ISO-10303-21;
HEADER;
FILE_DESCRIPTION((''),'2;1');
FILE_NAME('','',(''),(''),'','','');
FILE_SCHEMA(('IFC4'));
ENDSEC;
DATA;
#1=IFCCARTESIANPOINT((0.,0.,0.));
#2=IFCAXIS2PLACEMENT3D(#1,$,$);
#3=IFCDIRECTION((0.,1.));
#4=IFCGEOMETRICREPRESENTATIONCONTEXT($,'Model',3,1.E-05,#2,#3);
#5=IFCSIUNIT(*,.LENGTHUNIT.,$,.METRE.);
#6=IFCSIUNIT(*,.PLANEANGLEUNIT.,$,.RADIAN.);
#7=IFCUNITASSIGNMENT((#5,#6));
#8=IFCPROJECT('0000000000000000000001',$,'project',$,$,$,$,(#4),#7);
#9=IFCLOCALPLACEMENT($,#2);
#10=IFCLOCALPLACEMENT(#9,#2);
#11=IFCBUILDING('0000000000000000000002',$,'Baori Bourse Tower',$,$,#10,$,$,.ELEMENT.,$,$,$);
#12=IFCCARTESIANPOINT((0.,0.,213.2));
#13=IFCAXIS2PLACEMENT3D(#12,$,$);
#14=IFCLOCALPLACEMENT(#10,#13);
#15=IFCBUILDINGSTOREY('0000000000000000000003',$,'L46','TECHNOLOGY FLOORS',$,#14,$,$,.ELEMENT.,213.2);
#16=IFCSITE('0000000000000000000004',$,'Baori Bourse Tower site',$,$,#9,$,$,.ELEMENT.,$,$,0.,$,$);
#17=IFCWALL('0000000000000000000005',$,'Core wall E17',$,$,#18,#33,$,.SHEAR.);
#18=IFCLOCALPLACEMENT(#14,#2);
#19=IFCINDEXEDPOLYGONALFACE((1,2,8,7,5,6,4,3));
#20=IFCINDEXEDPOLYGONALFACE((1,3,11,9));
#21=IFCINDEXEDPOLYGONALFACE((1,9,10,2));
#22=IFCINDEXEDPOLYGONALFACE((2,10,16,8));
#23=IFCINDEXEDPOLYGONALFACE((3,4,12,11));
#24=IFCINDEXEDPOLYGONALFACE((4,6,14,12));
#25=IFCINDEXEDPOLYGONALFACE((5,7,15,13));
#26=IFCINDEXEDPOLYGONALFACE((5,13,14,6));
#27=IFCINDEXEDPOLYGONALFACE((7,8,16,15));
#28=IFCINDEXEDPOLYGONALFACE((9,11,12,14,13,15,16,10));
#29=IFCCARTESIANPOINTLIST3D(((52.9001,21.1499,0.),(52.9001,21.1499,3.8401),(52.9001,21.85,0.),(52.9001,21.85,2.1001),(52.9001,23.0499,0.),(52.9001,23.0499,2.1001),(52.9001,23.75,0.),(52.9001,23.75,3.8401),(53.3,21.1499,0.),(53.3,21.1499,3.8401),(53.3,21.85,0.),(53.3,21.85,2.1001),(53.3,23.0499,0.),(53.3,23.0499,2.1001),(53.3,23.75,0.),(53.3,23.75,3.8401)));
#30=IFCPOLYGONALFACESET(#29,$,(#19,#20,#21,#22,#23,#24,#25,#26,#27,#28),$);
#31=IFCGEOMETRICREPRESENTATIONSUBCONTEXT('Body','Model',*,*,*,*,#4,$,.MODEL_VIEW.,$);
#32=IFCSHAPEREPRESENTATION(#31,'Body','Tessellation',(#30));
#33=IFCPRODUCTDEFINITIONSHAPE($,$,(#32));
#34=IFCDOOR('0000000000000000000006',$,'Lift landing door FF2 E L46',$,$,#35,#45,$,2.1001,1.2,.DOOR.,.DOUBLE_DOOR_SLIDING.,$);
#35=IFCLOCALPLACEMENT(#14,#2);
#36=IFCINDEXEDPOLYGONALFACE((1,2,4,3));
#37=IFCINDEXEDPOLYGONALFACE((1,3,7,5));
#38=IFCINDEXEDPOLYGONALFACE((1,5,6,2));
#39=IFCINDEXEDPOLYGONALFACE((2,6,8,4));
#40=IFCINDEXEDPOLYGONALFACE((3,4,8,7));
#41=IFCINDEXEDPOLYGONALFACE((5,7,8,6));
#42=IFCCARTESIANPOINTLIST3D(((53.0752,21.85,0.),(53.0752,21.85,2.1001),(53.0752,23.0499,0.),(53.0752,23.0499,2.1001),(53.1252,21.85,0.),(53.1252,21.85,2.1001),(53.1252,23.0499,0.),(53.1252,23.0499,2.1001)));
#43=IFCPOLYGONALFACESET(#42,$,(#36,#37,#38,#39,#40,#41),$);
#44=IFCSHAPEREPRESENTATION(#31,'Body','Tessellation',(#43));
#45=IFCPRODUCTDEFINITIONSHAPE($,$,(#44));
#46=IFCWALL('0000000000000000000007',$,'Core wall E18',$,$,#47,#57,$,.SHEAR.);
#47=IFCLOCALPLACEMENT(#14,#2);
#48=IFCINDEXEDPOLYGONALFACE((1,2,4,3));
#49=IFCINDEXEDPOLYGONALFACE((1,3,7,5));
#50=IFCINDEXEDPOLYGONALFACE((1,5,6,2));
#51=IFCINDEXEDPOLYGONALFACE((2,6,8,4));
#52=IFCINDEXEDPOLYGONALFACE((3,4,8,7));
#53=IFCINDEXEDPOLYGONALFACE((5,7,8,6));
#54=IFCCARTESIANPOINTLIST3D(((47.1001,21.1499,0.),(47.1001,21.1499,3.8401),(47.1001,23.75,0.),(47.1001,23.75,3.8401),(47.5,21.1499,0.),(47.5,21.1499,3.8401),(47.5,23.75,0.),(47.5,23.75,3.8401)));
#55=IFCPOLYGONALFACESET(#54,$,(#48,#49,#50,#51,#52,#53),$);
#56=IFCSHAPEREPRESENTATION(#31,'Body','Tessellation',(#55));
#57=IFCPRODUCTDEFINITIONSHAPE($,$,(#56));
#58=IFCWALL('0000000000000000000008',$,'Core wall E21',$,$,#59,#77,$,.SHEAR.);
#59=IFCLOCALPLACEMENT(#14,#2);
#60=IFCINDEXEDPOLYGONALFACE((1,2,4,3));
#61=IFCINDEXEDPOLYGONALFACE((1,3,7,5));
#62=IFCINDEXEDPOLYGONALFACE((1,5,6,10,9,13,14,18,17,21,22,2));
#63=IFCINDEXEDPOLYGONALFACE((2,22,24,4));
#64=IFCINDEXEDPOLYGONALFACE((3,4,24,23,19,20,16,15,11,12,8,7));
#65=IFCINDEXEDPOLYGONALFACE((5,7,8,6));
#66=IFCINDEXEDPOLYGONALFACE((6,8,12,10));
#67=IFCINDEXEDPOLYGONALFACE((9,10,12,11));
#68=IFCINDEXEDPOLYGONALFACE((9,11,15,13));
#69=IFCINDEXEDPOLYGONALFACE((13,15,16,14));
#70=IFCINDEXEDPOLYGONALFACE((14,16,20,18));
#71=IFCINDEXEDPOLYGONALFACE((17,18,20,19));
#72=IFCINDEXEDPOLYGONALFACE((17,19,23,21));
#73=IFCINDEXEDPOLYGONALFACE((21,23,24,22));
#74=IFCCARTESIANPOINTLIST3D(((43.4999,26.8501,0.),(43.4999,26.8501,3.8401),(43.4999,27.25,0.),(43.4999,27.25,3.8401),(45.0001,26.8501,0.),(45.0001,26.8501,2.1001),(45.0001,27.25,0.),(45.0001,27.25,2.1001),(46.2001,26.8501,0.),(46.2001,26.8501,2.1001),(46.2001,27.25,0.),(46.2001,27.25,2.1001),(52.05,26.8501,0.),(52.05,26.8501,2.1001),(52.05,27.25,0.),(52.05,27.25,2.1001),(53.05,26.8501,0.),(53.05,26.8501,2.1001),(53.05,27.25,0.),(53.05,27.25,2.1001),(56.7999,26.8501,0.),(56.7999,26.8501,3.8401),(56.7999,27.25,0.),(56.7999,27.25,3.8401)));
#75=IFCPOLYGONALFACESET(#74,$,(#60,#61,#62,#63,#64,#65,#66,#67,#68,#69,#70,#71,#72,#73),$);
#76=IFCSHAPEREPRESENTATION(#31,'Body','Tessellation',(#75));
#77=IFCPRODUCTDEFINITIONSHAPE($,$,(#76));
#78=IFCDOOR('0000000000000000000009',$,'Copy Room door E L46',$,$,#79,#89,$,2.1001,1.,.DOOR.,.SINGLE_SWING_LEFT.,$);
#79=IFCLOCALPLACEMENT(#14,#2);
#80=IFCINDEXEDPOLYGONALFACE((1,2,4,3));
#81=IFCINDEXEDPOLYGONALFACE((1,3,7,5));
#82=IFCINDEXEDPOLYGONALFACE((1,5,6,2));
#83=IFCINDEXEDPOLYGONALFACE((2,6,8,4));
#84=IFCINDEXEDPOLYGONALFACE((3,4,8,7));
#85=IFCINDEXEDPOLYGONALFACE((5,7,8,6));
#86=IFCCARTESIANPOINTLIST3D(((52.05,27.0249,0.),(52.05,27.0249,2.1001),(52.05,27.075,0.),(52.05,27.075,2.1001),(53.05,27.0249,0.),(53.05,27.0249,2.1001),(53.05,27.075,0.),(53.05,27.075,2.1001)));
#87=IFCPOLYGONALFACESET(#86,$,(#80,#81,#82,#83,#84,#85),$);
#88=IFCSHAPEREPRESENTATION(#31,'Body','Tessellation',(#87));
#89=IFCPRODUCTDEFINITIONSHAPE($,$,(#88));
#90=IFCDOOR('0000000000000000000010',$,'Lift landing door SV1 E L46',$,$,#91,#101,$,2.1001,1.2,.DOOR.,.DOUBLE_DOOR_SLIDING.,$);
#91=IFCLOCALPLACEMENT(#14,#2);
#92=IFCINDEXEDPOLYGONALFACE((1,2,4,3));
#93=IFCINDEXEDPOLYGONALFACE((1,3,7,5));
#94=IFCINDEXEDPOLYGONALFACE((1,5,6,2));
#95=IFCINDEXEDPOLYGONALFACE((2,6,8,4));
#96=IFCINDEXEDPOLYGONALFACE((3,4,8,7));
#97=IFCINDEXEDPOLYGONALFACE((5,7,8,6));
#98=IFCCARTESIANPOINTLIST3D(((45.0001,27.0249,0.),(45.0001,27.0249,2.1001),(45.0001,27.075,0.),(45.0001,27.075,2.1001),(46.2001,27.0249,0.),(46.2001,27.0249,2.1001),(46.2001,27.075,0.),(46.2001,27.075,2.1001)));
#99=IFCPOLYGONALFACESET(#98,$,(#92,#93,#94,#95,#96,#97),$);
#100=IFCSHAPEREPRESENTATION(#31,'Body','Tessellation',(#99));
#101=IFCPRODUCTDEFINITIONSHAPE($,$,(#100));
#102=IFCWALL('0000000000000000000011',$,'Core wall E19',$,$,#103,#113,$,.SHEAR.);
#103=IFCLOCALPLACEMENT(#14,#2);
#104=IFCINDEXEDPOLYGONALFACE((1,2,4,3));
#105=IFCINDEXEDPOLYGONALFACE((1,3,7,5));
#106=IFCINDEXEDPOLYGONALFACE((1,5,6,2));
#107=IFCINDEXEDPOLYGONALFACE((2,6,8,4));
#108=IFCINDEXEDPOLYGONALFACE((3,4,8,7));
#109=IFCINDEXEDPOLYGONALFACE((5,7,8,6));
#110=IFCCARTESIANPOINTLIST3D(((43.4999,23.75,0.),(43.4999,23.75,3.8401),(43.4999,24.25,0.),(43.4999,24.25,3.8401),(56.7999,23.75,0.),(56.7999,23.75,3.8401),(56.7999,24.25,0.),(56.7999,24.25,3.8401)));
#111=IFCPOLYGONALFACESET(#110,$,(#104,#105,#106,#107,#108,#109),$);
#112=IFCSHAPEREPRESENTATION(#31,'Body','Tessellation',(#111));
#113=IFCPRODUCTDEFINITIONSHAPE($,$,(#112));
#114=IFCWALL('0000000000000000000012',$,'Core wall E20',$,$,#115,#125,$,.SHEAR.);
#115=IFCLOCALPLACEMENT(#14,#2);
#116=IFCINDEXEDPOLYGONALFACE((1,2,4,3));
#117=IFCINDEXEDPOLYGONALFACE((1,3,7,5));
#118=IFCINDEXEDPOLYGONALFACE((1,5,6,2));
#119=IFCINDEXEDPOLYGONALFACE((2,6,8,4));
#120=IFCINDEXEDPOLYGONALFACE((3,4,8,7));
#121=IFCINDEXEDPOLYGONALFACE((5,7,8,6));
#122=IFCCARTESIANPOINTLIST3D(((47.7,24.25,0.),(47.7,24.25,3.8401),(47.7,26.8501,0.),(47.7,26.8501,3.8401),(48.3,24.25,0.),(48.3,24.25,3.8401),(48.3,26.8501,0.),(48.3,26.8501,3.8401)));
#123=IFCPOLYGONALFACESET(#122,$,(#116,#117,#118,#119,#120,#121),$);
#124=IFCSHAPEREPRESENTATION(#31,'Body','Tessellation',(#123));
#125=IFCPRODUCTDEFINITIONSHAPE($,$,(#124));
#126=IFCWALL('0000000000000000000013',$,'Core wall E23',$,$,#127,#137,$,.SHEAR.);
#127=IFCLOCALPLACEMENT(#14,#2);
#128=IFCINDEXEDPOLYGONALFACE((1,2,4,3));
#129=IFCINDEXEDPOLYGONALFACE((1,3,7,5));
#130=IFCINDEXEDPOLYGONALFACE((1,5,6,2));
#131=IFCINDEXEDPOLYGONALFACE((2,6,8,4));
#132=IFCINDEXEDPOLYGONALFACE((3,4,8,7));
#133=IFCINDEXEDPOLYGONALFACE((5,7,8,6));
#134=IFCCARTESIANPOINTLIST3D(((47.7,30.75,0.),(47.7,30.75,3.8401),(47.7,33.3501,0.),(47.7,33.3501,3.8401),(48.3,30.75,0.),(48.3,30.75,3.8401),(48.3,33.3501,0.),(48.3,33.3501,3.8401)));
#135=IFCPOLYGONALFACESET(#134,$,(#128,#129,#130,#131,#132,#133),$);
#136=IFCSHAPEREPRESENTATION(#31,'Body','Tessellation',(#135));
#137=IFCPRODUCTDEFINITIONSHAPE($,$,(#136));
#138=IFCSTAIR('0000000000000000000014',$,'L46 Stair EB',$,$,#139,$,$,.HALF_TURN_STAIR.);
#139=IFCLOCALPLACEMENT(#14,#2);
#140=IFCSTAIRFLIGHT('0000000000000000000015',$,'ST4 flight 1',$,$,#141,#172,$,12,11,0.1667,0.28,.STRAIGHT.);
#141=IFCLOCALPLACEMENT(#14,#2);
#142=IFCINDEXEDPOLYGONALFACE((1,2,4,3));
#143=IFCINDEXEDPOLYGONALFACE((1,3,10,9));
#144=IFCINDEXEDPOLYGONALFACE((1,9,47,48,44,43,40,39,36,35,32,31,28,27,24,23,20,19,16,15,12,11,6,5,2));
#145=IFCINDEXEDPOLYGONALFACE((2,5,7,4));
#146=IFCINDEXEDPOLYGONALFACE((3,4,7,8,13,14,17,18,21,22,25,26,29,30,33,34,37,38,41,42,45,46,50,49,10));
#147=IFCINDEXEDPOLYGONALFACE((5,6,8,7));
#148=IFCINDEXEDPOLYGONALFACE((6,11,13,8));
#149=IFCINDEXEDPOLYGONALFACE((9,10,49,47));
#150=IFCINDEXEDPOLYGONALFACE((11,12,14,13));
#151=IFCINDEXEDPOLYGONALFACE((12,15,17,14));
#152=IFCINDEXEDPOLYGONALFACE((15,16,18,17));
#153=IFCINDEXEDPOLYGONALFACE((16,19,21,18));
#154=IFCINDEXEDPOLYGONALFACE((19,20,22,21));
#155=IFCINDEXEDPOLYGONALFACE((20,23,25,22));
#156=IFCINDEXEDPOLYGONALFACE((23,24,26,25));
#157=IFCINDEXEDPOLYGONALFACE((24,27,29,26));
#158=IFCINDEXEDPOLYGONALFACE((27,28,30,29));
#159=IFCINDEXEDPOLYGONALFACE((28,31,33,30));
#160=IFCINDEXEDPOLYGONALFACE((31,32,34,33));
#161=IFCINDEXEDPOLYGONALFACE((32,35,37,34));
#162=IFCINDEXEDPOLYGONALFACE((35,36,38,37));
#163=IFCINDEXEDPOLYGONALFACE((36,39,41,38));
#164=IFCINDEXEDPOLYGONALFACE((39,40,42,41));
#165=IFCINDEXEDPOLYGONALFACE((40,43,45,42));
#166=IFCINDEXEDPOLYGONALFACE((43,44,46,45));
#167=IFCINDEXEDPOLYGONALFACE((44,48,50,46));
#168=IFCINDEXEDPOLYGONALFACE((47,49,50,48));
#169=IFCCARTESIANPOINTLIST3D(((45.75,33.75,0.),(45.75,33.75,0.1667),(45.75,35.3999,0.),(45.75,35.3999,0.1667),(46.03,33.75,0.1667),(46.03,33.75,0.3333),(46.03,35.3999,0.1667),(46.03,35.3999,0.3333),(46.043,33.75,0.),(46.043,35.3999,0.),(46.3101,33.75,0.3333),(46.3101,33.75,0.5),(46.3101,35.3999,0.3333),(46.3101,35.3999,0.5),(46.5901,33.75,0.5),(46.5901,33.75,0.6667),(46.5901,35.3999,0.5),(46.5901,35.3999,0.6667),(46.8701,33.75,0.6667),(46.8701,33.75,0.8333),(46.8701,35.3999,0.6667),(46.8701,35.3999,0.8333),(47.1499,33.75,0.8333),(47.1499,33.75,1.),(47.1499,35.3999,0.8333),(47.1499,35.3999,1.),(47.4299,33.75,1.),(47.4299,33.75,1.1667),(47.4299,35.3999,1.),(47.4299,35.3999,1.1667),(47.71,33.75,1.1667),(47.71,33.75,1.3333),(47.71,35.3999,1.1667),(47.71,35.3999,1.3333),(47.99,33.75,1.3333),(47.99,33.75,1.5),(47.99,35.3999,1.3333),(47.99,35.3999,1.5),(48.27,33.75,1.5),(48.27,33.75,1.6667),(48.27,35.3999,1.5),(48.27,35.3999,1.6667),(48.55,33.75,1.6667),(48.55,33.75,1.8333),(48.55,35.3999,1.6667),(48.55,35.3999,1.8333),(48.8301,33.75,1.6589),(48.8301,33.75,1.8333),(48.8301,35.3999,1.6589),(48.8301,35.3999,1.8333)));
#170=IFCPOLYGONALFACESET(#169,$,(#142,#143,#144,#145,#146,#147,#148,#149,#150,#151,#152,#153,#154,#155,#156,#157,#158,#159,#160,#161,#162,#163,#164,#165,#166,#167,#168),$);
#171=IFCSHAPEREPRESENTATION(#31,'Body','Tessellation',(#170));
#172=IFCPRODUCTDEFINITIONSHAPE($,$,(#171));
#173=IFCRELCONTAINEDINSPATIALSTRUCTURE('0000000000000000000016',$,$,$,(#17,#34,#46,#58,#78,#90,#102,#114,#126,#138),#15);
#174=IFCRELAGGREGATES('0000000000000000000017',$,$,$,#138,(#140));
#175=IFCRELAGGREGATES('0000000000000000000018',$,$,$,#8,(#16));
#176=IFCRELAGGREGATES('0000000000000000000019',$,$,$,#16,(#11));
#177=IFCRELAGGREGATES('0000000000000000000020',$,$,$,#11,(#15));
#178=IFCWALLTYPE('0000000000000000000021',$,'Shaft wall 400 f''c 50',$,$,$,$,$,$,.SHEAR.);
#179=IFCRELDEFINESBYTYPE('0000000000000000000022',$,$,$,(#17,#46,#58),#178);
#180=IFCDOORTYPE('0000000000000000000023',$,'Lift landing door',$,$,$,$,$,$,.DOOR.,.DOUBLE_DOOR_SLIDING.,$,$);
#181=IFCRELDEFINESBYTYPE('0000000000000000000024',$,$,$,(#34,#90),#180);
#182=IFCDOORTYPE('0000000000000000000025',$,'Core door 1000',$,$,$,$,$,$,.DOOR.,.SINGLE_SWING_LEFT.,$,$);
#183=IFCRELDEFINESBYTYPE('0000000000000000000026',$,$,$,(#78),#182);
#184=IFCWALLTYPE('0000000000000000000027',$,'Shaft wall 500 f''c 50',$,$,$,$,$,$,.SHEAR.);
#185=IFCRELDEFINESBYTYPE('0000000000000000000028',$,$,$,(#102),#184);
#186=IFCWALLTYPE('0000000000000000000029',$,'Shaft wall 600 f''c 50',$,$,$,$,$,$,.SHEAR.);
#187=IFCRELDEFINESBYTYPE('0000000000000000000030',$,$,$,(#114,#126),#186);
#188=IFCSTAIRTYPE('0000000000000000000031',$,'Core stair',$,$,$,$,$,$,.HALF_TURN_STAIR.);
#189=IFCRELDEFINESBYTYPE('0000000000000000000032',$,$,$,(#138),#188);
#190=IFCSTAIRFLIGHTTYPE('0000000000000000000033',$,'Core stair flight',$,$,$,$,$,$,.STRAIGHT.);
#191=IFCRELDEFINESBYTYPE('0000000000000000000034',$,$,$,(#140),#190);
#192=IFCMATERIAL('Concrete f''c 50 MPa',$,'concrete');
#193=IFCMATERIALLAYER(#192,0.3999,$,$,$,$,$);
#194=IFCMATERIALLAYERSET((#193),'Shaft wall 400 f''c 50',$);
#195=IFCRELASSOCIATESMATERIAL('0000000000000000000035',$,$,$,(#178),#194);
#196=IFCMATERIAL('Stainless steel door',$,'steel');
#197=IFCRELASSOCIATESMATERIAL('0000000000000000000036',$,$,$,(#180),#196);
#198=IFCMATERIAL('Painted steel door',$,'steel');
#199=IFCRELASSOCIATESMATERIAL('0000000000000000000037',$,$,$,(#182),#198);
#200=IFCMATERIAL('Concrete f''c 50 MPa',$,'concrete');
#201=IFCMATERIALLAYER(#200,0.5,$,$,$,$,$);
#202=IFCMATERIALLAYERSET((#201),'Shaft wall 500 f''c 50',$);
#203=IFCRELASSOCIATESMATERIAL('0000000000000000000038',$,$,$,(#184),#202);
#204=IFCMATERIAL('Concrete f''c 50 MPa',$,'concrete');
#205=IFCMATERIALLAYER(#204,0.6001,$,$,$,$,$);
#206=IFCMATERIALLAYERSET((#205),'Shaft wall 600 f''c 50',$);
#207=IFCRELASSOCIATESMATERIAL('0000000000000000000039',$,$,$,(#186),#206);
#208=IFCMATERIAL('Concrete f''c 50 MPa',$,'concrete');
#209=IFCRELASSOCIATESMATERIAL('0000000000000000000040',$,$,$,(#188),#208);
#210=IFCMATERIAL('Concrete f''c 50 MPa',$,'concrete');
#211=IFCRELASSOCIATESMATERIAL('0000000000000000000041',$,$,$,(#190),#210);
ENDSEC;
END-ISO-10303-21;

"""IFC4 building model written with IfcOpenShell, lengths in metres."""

from ifc_helpers import new_model, si_unit, direction, frame, frame_2d, origin, place, context, subcontext, project, spatial, polyline, rectangle, outline, extrude, material, layer, layer_set, type_object, element, fill, aggregate, save


model = new_model("IFC4")

# Units and contexts
model_context = context("Model", 3, precision=1e-05, world=origin(), true_north=direction((0.0, 1.0)))
body_context = subcontext(model_context, "Body", "Model", "MODEL_VIEW")
ifc_project = project(units=[si_unit("LENGTHUNIT", "METRE"), si_unit("PLANEANGLEUNIT", "RADIAN")], contexts=[model_context])

# Site, building, storey
site_placement = place(None, origin())
site = spatial("IfcSite", under=ifc_project, at=site_placement, Name="Baori Bourse Tower site", CompositionType="ELEMENT", RefElevation=0.0)
building_placement = place(site_placement, origin())
building = spatial("IfcBuilding", under=site, at=building_placement, Name="Baori Bourse Tower", CompositionType="ELEMENT")
storey_placement = place(building_placement, frame((0.0, 0.0, 213.2)))
storey = spatial("IfcBuildingStorey", under=building, at=storey_placement, Name="L46", Description="TECHNOLOGY FLOORS", CompositionType="ELEMENT", Elevation=213.2)

# Shared definitions
ifc_material_1 = material(Name="Concrete f'c 50 MPa", Category="concrete")
ifc_layer_1 = layer(ifc_material_1, 0.3999)
ifc_layer_set_1 = layer_set([ifc_layer_1], Name="Shaft wall 400 f'c 50")
wall_type_1 = type_object("IfcWallType", Name="Shaft wall 400 f'c 50", PredefinedType="SHEAR", material=ifc_layer_set_1)

# Wall, opening, door
wall_1_placement = place(storey_placement, frame((53.1001, 21.1499, 0.0), z_axis=(0.0, 0.0, 1.0), x_axis=(0.0, 1.0, 0.0)))
wall_1 = element("IfcWall", 1, at=wall_1_placement, inside=storey, type_object=wall_type_1, Name="Core wall E17", PredefinedType="SHEAR", context=body_context, shape_type="SweptSolid", body=[
    extrude(rectangle(XDim=2.6001, YDim=0.3999, at=frame_2d((1.3, 0.0))), origin(), (0.0, 0.0, 1.0), 3.8401),
])
opening_1_placement = place(wall_1_placement, frame((0.7, 0.0, 0.0)))
opening_1 = element("IfcOpeningElement", 2, at=opening_1_placement, cuts=wall_1, PredefinedType="OPENING", context=body_context, shape_type="SweptSolid", body=[
    extrude(rectangle(XDim=1.2, YDim=2.1001, at=frame_2d((0.6001, 1.05))), frame((0.0, 0.21, 0.0), z_axis=(0.0, -1.0, 0.0), x_axis=(1.0, 0.0, 0.0)), (0.0, 0.0, 1.0), 0.4199),
])
ifc_material_2 = material(Name="Stainless steel door", Category="steel")
door_type_1 = type_object("IfcDoorType", Name="Lift landing door", OperationType="DOUBLE_DOOR_SLIDING", PredefinedType="DOOR", material=ifc_material_2)
door_1_placement = place(opening_1_placement, origin())
door_1 = element("IfcDoor", 3, at=door_1_placement, inside=storey, type_object=door_type_1, Name="Lift landing door FF2 E L46", OperationType="DOUBLE_DOOR_SLIDING", OverallHeight=2.1001, OverallWidth=1.2, PredefinedType="DOOR", context=body_context, shape_type="SweptSolid", body=[
    extrude(rectangle(XDim=1.2, YDim=2.1001, at=frame_2d((0.6001, 1.05))), frame((0.0, 0.0249, 0.0), z_axis=(0.0, -1.0, 0.0), x_axis=(1.0, 0.0, 0.0)), (0.0, 0.0, 1.0), 0.05),
])
fill(opening_1, door_1)

# Wall
wall_2_placement = place(storey_placement, frame((47.3, 21.1499, 0.0), z_axis=(0.0, 0.0, 1.0), x_axis=(0.0, 1.0, 0.0)))
element("IfcWall", 4, at=wall_2_placement, inside=storey, type_object=wall_type_1, Name="Core wall E18", PredefinedType="SHEAR", context=body_context, shape_type="SweptSolid", body=[
    extrude(rectangle(XDim=2.6001, YDim=0.3999, at=frame_2d((1.3, 0.0))), origin(), (0.0, 0.0, 1.0), 3.8401),
])

# Wall, openings, doors
wall_3_placement = place(storey_placement, frame((43.5, 27.05, 0.0), z_axis=(0.0, 0.0, 1.0), x_axis=(1.0, 0.0, 0.0)))
wall_3 = element("IfcWall", 5, at=wall_3_placement, inside=storey, type_object=wall_type_1, Name="Core wall E21", PredefinedType="SHEAR", context=body_context, shape_type="SweptSolid", body=[
    extrude(rectangle(XDim=13.3, YDim=0.3999, at=frame_2d((6.6499, 0.0))), origin(), (0.0, 0.0, 1.0), 3.8401),
])
opening_2_placement = place(wall_3_placement, frame((8.55, 0.0, 0.0)))
opening_2 = element("IfcOpeningElement", 6, at=opening_2_placement, cuts=wall_3, PredefinedType="OPENING", context=body_context, shape_type="SweptSolid", body=[
    extrude(rectangle(XDim=1.0, YDim=2.1001, at=frame_2d((0.5, 1.05))), frame((0.0, 0.21, 0.0), z_axis=(0.0, -1.0, 0.0), x_axis=(1.0, 0.0, 0.0)), (0.0, 0.0, 1.0), 0.4199),
])
opening_3_placement = place(wall_3_placement, frame((1.5, 0.0, 0.0)))
opening_3 = element("IfcOpeningElement", 7, at=opening_3_placement, cuts=wall_3, PredefinedType="OPENING", context=body_context, shape_type="SweptSolid", body=[
    extrude(rectangle(XDim=1.2, YDim=2.1001, at=frame_2d((0.6001, 1.05))), frame((0.0, 0.21, 0.0), z_axis=(0.0, -1.0, 0.0), x_axis=(1.0, 0.0, 0.0)), (0.0, 0.0, 1.0), 0.4199),
])
ifc_material_3 = material(Name="Painted steel door", Category="steel")
door_type_2 = type_object("IfcDoorType", Name="Core door 1000", OperationType="SINGLE_SWING_LEFT", PredefinedType="DOOR", material=ifc_material_3)
door_2_placement = place(opening_2_placement, origin())
door_2 = element("IfcDoor", 8, at=door_2_placement, inside=storey, type_object=door_type_2, Name="Copy Room door E L46", OperationType="SINGLE_SWING_LEFT", OverallHeight=2.1001, OverallWidth=1.0, PredefinedType="DOOR", context=body_context, shape_type="SweptSolid", body=[
    extrude(rectangle(XDim=1.0, YDim=2.1001, at=frame_2d((0.5, 1.05))), frame((0.0, 0.0249, 0.0), z_axis=(0.0, -1.0, 0.0), x_axis=(1.0, 0.0, 0.0)), (0.0, 0.0, 1.0), 0.05),
])
fill(opening_2, door_2)
door_3_placement = place(opening_3_placement, origin())
door_3 = element("IfcDoor", 9, at=door_3_placement, inside=storey, type_object=door_type_1, Name="Lift landing door SV1 E L46", OperationType="DOUBLE_DOOR_SLIDING", OverallHeight=2.1001, OverallWidth=1.2, PredefinedType="DOOR", context=body_context, shape_type="SweptSolid", body=[
    extrude(rectangle(XDim=1.2, YDim=2.1001, at=frame_2d((0.6001, 1.05))), frame((0.0, 0.0249, 0.0), z_axis=(0.0, -1.0, 0.0), x_axis=(1.0, 0.0, 0.0)), (0.0, 0.0, 1.0), 0.05),
])
fill(opening_3, door_3)

# Walls
ifc_material_4 = material(Name="Concrete f'c 50 MPa", Category="concrete")
ifc_layer_2 = layer(ifc_material_4, 0.5)
ifc_layer_set_2 = layer_set([ifc_layer_2], Name="Shaft wall 500 f'c 50")
wall_type_2 = type_object("IfcWallType", Name="Shaft wall 500 f'c 50", PredefinedType="SHEAR", material=ifc_layer_set_2)
wall_4_placement = place(storey_placement, frame((43.5, 24.0, 0.0), z_axis=(0.0, 0.0, 1.0), x_axis=(1.0, 0.0, 0.0)))
element("IfcWall", 10, at=wall_4_placement, inside=storey, type_object=wall_type_2, Name="Core wall E19", PredefinedType="SHEAR", context=body_context, shape_type="SweptSolid", body=[
    extrude(rectangle(XDim=13.3, YDim=0.5, at=frame_2d((6.6499, 0.0))), origin(), (0.0, 0.0, 1.0), 3.8401),
])
ifc_material_5 = material(Name="Concrete f'c 50 MPa", Category="concrete")
ifc_layer_3 = layer(ifc_material_5, 0.6001)
ifc_layer_set_3 = layer_set([ifc_layer_3], Name="Shaft wall 600 f'c 50")
wall_type_3 = type_object("IfcWallType", Name="Shaft wall 600 f'c 50", PredefinedType="SHEAR", material=ifc_layer_set_3)
for number, where, z_axis, x_axis, name in (
    (11, (48.0, 24.25, 0.0), (0.0, 0.0, 1.0), (0.0, 1.0, 0.0), "Core wall E20"),
    (12, (48.0, 30.75, 0.0), (0.0, 0.0, 1.0), (0.0, 1.0, 0.0), "Core wall E23"),
):
    element("IfcWall", number, at=place(storey_placement, frame(where, z_axis=z_axis, x_axis=x_axis)), inside=storey, type_object=wall_type_3, Name=name, PredefinedType="SHEAR", context=body_context, shape_type="SweptSolid", body=[
        extrude(rectangle(XDim=2.6001, YDim=0.6001, at=frame_2d((1.3, 0.0))), origin(), (0.0, 0.0, 1.0), 3.8401),
    ])

# Stair, stair flight
ifc_material_6 = material(Name="Concrete f'c 50 MPa", Category="concrete")
stair_type = type_object("IfcStairType", Name="Core stair", PredefinedType="HALF_TURN_STAIR", material=ifc_material_6)
stair_placement = place(storey_placement, origin())
stair = element("IfcStair", 13, at=stair_placement, inside=storey, type_object=stair_type, Name="L46 Stair EB", PredefinedType="HALF_TURN_STAIR")
ifc_material_7 = material(Name="Concrete f'c 50 MPa", Category="concrete")
stair_flight_type = type_object("IfcStairFlightType", Name="Core stair flight", PredefinedType="STRAIGHT", material=ifc_material_7)
stair_flight_1_placement = place(storey_placement, frame((45.75, 34.575, 0.0), z_axis=(0.0, 0.0, 1.0), x_axis=(1.0, 0.0, 0.0)))
stair_flight_1 = element("IfcStairFlight", 14, at=stair_flight_1_placement, type_object=stair_flight_type, Name="ST4 flight 1", NumberOfRisers=12, NumberOfTreads=11, PredefinedType="STRAIGHT", RiserHeight=0.1667, TreadLength=0.28, context=body_context, shape_type="SweptSolid", body=[
    extrude(outline(polyline([(0.0, 0.0), (0.0, 0.1667), (0.28, 0.1667), (0.28, 0.3333), (0.5601, 0.3333), (0.5601, 0.5), (0.8401, 0.5), (0.8401, 0.6667), (1.1201, 0.6667), (1.1201, 0.8333), (1.3999, 0.8333), (1.3999, 1.0), (1.6799, 1.0), (1.6799, 1.1667), (1.96, 1.1667), (1.96, 1.3333), (2.24, 1.3333), (2.24, 1.5), (2.52, 1.5), (2.52, 1.6667), (2.8, 1.6667), (2.8, 1.8333), (3.0801, 1.8333), (3.0801, 2.0), (3.0801, 1.6589), (0.293, 0.0), (0.0, 0.0)])), frame((0.0, 0.825, 0.0), z_axis=(0.0, -1.0, 0.0), x_axis=(1.0, 0.0, 0.0)), (0.0, 0.0, 1.0), 1.6499),
])
aggregate(stair, [stair_flight_1])

save(model, "model.ifc")
